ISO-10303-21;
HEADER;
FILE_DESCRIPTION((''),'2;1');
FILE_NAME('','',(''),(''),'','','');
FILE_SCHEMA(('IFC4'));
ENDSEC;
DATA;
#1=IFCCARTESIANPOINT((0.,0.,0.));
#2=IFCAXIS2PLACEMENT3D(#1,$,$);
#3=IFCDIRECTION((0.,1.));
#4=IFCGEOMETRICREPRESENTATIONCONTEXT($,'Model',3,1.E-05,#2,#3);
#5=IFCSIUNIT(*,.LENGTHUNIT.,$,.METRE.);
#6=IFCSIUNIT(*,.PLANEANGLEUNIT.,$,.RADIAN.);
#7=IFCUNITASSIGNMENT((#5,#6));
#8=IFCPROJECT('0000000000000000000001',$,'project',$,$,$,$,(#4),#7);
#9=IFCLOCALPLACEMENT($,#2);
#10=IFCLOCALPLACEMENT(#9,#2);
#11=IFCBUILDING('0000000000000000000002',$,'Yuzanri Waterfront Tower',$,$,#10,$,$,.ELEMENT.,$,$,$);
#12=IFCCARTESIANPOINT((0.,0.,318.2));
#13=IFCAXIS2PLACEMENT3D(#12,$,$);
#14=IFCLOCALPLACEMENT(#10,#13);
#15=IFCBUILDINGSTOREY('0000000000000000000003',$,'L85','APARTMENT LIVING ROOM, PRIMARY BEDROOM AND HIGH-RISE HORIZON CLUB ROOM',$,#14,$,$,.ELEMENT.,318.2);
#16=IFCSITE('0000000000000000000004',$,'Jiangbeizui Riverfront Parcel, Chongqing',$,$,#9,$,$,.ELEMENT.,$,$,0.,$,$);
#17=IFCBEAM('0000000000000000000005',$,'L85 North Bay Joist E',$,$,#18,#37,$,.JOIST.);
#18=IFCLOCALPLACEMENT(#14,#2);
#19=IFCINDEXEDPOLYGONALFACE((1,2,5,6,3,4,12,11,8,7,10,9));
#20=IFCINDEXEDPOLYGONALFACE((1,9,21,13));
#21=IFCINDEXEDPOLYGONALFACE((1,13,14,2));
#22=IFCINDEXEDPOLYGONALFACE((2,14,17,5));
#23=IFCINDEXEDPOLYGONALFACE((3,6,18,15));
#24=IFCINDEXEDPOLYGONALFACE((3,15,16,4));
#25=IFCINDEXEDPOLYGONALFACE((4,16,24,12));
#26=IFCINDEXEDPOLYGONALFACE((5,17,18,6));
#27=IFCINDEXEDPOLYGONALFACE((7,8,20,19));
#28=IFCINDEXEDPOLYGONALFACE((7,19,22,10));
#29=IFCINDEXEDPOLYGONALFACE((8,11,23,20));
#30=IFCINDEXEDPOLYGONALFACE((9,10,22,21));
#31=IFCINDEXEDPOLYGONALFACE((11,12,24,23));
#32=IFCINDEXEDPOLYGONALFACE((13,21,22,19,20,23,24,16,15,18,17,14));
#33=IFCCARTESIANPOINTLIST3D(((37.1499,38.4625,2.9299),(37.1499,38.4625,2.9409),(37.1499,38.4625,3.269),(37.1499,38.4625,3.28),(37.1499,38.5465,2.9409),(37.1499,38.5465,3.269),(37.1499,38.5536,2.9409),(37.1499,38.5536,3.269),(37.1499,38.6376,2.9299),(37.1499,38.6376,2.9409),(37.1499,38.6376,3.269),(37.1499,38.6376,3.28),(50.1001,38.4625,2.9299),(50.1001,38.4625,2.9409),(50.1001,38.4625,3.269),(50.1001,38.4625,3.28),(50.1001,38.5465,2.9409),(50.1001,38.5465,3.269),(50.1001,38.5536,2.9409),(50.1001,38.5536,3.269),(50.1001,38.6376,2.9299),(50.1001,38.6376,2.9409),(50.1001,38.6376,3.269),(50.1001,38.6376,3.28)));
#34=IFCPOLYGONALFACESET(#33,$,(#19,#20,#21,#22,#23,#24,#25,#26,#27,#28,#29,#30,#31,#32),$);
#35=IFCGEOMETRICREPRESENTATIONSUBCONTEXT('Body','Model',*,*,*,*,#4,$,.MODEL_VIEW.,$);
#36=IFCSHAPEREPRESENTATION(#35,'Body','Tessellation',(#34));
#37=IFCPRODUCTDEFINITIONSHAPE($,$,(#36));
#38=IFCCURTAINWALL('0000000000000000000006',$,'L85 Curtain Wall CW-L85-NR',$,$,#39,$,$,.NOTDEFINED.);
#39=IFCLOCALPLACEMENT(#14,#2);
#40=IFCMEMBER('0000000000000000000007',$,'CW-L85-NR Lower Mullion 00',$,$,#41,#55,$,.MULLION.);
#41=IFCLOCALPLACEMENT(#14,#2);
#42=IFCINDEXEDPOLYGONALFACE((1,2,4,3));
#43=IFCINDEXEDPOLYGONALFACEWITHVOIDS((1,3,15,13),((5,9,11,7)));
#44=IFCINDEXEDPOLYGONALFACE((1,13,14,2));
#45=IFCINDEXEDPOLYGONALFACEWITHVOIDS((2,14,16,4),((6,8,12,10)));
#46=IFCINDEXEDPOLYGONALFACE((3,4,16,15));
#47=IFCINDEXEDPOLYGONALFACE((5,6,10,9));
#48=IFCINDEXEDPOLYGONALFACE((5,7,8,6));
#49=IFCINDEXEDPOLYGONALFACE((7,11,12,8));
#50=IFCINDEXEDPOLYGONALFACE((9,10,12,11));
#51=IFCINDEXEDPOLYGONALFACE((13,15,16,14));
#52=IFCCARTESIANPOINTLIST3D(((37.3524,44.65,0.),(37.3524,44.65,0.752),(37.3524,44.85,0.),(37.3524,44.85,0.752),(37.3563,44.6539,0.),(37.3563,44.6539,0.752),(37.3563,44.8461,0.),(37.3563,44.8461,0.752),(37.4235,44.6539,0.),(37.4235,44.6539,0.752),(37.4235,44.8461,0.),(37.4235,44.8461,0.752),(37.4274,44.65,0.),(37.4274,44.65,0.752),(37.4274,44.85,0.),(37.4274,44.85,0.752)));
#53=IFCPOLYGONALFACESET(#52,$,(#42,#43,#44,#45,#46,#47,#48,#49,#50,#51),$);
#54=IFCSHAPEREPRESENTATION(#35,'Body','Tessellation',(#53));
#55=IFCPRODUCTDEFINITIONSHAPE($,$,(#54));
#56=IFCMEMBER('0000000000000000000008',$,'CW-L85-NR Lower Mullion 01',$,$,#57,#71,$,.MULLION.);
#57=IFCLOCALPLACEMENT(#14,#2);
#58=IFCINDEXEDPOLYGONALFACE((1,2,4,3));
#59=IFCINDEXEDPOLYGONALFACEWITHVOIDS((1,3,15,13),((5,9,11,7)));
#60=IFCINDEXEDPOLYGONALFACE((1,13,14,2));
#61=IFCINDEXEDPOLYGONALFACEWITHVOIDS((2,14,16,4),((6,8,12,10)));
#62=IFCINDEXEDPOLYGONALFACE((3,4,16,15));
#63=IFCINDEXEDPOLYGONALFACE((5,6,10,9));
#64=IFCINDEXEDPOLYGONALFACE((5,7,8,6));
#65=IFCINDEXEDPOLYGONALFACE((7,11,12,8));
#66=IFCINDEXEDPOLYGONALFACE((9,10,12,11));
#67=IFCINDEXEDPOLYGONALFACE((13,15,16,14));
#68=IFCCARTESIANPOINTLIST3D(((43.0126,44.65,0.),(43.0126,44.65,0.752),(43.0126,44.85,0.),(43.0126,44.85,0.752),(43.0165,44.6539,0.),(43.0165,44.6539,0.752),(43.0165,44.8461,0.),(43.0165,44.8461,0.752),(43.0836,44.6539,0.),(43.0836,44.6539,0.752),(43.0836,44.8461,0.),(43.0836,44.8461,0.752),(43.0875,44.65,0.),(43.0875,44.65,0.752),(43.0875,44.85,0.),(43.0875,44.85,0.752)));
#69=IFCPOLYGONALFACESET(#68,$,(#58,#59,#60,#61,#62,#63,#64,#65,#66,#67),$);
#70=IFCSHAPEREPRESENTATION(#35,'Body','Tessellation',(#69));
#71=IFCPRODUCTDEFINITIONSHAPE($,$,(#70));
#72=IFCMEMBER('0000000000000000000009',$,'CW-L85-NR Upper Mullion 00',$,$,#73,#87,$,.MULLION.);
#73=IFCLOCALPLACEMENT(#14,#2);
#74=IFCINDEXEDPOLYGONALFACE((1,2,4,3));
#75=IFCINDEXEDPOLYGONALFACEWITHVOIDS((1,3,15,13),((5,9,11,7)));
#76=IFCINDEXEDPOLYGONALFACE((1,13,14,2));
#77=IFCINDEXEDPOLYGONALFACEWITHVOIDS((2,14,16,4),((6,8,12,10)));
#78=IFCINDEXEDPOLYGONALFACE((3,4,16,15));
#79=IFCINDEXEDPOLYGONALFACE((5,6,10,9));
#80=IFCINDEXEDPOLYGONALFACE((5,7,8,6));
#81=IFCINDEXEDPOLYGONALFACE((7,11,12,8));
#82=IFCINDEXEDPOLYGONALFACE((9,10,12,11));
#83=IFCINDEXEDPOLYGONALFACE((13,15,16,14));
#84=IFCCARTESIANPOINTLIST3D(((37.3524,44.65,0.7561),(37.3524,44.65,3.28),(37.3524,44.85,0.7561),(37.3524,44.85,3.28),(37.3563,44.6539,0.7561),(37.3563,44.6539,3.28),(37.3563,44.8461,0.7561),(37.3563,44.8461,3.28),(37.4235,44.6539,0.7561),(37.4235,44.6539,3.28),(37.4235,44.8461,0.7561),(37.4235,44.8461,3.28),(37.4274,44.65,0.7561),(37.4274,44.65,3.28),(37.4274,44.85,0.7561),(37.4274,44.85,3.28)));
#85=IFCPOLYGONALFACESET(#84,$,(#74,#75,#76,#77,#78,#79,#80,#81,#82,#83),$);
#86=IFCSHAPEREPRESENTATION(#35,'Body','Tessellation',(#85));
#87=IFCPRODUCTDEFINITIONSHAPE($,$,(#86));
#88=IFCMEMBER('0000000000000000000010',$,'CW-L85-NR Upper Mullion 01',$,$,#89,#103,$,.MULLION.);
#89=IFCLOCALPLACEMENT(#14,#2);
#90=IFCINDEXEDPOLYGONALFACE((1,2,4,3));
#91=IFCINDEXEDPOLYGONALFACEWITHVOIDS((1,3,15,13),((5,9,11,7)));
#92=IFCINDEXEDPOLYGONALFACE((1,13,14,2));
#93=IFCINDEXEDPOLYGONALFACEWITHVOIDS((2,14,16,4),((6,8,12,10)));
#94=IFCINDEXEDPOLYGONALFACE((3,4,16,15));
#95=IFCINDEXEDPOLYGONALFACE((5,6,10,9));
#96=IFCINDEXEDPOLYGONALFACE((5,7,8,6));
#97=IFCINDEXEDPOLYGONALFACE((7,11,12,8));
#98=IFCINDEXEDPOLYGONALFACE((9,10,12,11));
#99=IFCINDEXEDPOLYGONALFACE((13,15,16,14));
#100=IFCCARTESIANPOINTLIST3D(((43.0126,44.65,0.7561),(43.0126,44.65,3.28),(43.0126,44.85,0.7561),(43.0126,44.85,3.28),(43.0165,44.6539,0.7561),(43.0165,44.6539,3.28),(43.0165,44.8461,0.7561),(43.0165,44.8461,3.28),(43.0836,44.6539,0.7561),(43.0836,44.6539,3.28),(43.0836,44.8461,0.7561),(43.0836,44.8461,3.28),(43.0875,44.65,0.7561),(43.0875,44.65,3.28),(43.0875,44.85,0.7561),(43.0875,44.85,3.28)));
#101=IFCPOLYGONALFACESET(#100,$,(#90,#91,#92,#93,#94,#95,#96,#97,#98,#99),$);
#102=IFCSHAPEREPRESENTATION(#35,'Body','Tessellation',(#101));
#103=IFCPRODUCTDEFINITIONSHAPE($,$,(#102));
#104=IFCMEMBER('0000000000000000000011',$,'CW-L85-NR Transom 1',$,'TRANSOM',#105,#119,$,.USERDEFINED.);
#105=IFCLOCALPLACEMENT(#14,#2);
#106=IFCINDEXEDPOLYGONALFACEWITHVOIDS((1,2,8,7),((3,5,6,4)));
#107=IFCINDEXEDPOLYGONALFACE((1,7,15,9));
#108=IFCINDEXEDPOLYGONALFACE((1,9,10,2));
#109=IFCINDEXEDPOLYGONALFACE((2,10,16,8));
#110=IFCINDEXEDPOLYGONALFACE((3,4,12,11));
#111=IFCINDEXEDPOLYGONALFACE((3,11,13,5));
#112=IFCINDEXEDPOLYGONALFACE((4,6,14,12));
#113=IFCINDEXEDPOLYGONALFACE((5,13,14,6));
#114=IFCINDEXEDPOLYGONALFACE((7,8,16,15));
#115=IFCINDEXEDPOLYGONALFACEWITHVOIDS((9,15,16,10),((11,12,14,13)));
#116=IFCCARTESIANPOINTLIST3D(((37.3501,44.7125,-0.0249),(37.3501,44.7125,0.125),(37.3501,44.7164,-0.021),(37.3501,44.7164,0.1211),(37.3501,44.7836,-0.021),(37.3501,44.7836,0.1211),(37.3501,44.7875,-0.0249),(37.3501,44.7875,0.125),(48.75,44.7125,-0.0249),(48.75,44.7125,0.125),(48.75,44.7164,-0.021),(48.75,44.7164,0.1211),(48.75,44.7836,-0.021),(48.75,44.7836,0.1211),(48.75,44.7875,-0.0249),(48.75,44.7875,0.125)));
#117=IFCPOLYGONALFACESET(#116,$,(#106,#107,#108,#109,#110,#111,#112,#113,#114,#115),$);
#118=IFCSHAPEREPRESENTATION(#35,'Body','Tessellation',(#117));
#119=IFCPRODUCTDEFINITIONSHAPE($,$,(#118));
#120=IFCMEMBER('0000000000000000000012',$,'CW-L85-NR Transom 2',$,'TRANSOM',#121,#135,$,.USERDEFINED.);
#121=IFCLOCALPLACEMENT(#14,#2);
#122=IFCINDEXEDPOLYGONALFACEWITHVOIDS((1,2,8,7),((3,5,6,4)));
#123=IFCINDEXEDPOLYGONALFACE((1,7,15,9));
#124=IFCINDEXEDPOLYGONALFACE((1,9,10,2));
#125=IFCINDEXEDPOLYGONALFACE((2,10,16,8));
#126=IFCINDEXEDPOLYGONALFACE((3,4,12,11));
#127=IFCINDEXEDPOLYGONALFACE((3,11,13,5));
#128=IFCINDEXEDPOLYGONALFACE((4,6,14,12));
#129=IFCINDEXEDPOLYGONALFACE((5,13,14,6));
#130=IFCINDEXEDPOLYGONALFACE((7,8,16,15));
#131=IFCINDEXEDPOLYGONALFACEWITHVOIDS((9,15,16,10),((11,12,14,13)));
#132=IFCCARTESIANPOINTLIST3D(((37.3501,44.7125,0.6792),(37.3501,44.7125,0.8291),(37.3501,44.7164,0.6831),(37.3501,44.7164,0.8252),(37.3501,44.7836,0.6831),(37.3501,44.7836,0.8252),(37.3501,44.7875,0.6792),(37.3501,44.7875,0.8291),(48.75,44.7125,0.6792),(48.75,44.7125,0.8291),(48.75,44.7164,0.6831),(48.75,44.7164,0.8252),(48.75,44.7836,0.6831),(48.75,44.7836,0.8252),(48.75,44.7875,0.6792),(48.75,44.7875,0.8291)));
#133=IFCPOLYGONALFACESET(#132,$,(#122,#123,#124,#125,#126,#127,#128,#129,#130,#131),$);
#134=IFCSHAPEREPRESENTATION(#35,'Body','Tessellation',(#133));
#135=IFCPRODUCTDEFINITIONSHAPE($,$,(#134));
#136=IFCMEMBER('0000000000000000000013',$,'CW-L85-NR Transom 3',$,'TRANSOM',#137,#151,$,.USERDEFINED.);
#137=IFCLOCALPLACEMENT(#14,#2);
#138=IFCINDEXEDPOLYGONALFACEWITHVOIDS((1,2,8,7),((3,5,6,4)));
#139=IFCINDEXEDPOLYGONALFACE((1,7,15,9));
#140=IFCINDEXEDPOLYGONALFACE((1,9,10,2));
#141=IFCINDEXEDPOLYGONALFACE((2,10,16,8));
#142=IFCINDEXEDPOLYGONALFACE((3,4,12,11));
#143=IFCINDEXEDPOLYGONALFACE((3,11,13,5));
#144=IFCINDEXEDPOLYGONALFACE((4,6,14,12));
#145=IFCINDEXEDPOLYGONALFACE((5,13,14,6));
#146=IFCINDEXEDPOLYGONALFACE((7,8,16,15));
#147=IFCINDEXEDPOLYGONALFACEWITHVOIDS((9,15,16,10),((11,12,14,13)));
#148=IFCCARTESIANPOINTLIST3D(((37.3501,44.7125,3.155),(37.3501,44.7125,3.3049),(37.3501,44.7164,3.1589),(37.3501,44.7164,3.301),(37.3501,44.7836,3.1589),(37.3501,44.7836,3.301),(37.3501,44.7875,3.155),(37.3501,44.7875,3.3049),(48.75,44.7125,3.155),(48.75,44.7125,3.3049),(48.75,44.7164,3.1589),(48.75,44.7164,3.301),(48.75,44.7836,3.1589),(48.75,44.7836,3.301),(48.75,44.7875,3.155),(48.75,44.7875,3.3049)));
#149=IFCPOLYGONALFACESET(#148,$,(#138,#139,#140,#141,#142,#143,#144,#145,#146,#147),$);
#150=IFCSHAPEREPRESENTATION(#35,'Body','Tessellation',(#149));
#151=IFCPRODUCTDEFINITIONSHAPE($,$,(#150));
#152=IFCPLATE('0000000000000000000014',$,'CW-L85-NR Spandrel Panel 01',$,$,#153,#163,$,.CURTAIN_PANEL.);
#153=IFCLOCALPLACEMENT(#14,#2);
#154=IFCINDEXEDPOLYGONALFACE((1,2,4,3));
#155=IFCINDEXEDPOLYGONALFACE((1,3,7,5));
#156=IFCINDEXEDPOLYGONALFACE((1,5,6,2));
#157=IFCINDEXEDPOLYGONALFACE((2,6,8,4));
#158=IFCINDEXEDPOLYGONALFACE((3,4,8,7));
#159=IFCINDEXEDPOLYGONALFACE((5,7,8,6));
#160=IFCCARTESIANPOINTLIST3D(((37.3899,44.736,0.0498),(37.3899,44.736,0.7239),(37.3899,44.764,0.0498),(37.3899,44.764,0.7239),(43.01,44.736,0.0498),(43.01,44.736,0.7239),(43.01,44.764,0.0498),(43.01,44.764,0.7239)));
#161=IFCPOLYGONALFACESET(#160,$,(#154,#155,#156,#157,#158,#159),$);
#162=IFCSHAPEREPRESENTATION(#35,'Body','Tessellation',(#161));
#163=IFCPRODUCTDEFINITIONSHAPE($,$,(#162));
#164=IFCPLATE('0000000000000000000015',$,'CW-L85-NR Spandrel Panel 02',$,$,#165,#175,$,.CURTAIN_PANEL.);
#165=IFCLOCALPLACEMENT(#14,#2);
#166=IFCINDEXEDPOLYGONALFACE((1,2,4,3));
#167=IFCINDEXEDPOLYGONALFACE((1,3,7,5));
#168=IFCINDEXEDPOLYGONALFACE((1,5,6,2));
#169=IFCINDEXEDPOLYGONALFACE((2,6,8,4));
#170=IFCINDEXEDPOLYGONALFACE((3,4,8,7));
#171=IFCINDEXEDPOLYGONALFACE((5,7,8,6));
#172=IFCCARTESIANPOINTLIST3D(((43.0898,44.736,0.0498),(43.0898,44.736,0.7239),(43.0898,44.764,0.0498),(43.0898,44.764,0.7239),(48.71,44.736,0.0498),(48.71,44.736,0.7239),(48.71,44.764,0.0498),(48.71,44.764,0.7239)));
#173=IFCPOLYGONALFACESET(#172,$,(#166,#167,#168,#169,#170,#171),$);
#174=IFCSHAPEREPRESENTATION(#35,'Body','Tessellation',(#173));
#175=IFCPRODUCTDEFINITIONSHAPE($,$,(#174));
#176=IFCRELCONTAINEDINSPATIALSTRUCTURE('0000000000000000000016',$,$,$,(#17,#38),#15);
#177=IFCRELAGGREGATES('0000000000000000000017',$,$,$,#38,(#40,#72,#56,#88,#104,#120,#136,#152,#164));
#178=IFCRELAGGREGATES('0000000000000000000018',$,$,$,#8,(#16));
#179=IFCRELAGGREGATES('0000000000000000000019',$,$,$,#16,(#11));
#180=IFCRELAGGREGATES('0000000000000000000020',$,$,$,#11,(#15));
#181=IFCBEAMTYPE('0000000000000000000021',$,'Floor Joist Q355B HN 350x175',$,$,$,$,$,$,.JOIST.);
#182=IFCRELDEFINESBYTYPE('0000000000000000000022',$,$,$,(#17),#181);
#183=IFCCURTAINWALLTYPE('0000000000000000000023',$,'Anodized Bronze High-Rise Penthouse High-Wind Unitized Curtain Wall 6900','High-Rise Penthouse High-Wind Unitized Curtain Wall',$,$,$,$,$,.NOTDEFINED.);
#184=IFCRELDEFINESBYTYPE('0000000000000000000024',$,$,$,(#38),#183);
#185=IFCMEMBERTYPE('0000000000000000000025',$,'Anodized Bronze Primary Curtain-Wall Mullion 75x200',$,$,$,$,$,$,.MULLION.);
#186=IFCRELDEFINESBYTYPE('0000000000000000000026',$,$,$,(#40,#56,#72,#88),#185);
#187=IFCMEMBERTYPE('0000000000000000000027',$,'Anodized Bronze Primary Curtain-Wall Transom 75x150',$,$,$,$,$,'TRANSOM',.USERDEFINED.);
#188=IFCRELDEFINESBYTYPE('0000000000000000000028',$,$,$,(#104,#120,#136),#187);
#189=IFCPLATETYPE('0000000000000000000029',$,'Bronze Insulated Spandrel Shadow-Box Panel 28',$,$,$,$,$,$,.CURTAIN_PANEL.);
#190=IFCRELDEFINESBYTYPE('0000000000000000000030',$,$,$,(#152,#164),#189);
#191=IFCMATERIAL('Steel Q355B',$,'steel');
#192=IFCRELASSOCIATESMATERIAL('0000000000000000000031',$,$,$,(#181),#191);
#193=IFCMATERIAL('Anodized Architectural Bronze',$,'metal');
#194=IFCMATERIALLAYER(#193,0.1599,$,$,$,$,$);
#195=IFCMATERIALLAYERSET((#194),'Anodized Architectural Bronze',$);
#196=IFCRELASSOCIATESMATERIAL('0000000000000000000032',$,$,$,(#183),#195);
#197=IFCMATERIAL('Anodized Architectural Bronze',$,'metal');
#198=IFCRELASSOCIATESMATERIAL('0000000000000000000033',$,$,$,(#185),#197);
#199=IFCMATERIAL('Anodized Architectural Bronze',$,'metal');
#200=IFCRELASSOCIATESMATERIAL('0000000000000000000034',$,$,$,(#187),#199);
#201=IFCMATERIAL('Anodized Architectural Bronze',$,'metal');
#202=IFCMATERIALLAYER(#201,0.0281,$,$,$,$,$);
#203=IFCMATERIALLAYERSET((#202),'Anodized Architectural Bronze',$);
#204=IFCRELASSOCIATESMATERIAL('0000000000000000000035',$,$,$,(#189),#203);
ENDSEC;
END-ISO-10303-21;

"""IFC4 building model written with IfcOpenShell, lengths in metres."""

from ifc_helpers import new_model, si_unit, direction, frame, origin, origin_2d, place, context, subcontext, project, spatial, rectangle, hollow_rectangle, i_section, extrude, source, transform, mapped, material, layer, layer_set, material_profile, profile_set, type_object, element, aggregate, save


model = new_model("IFC4")

# Units and contexts
model_context = context("Model", 3, precision=1e-05, world=origin(), true_north=direction((0.0, 1.0)))
body_context = subcontext(model_context, "Body", "Model", "MODEL_VIEW")
ifc_project = project(units=[si_unit("LENGTHUNIT", "METRE"), si_unit("PLANEANGLEUNIT", "RADIAN")], contexts=[model_context])

# Site, building, storey
site_placement = place(None, origin())
site = spatial("IfcSite", under=ifc_project, at=site_placement, Name="Jiangbeizui Riverfront Parcel, Chongqing", CompositionType="ELEMENT", RefElevation=0.0)
building_placement = place(site_placement, origin())
building = spatial("IfcBuilding", under=site, at=building_placement, Name="Yuzanri Waterfront Tower", CompositionType="ELEMENT")
storey_placement = place(building_placement, frame((0.0, 0.0, 318.2)))
storey = spatial("IfcBuildingStorey", under=building, at=storey_placement, Name="L85", Description="APARTMENT LIVING ROOM, PRIMARY BEDROOM AND HIGH-RISE HORIZON CLUB ROOM", CompositionType="ELEMENT", Elevation=318.2)

# Beam
ifc_material_1 = material(Name="Steel Q355B", Category="steel")
ifc_material_profile_1 = material_profile(ifc_material_1, i_section(OverallWidth=0.175, OverallDepth=0.3501, WebThickness=0.0071, FlangeThickness=0.011, at=origin_2d()), Name="HN 350x175x7x11")
ifc_profile_set_1 = profile_set([ifc_material_profile_1], Name="Steel Q355B")
beam_type = type_object("IfcBeamType", Name="Floor Joist Q355B HN 350x175", PredefinedType="JOIST", material=ifc_profile_set_1)
shared_shape_1 = source(origin(), body_context, "Body", "SweptSolid", [
    extrude(i_section(OverallWidth=0.175, OverallDepth=0.3501, WebThickness=0.0071, FlangeThickness=0.011, at=origin_2d()), origin(), (0.0, 0.0, 1.0), 12.9502),
])
beam_placement = place(storey_placement, frame((37.1499, 38.55, 3.105), z_axis=(1.0, 0.0, 0.0), x_axis=(0.0, 1.0, 0.0)))
element("IfcBeam", 1, at=beam_placement, inside=storey, type_object=beam_type, Name="L85 North Bay Joist E", PredefinedType="JOIST", context=body_context, shape_type="MappedRepresentation", body=[
    mapped(shared_shape_1, transform((0.0, 0.0, 0.0), scale=1.0)),
])

# Curtain wall, members, plates
ifc_material_2 = material(Name="Anodized Architectural Bronze", Category="metal")
ifc_layer_1 = layer(ifc_material_2, 0.1599)
ifc_layer_set_1 = layer_set([ifc_layer_1], Name="Anodized Architectural Bronze")
curtain_wall_type = type_object("IfcCurtainWallType", Name="Anodized Bronze High-Rise Penthouse High-Wind Unitized Curtain Wall 6900", Description="High-Rise Penthouse High-Wind Unitized Curtain Wall", PredefinedType="NOTDEFINED", material=ifc_layer_set_1)
curtain_wall_placement = place(storey_placement, origin())
curtain_wall = element("IfcCurtainWall", 2, at=curtain_wall_placement, inside=storey, type_object=curtain_wall_type, Name="L85 Curtain Wall CW-L85-NR", PredefinedType="NOTDEFINED")
ifc_material_3 = material(Name="Anodized Architectural Bronze", Category="metal")
ifc_material_profile_2 = material_profile(ifc_material_3, hollow_rectangle(XDim=0.075, YDim=0.2, WallThickness=0.0039, at=origin_2d()), Name="CWM 75x200")
ifc_profile_set_2 = profile_set([ifc_material_profile_2], Name="Anodized Architectural Bronze")
member_type_1 = type_object("IfcMemberType", Name="Anodized Bronze Primary Curtain-Wall Mullion 75x200", PredefinedType="MULLION", material=ifc_profile_set_2)
shared_shape_2 = source(origin(), body_context, "Body", "SweptSolid", [
    extrude(hollow_rectangle(XDim=0.075, YDim=0.2, WallThickness=0.0039, at=origin_2d()), origin(), (0.0, 0.0, 1.0), 0.752),
])
member_1_placement = place(storey_placement, frame((37.3899, 44.75, 0.0), z_axis=(0.0, 0.0, 1.0), x_axis=(1.0, 0.0, 0.0)))
member_1 = element("IfcMember", 3, at=member_1_placement, type_object=member_type_1, Name="CW-L85-NR Lower Mullion 00", PredefinedType="MULLION", context=body_context, shape_type="MappedRepresentation", body=[
    mapped(shared_shape_2, transform((0.0, 0.0, 0.0), scale=1.0)),
])
member_2_placement = place(storey_placement, frame((43.05, 44.75, 0.0), z_axis=(0.0, 0.0, 1.0), x_axis=(1.0, 0.0, 0.0)))
member_2 = element("IfcMember", 4, at=member_2_placement, type_object=member_type_1, Name="CW-L85-NR Lower Mullion 01", PredefinedType="MULLION", context=body_context, shape_type="MappedRepresentation", body=[
    mapped(shared_shape_2, transform((0.0, 0.0, 0.0), scale=1.0)),
])
shared_shape_3 = source(origin(), body_context, "Body", "SweptSolid", [
    extrude(hollow_rectangle(XDim=0.075, YDim=0.2, WallThickness=0.0039, at=origin_2d()), origin(), (0.0, 0.0, 1.0), 2.5239),
])
member_3_placement = place(storey_placement, frame((37.3899, 44.75, 0.7561), z_axis=(0.0, 0.0, 1.0), x_axis=(1.0, 0.0, 0.0)))
member_3 = element("IfcMember", 5, at=member_3_placement, type_object=member_type_1, Name="CW-L85-NR Upper Mullion 00", PredefinedType="MULLION", context=body_context, shape_type="MappedRepresentation", body=[
    mapped(shared_shape_3, transform((0.0, 0.0, 0.0), scale=1.0)),
])
member_4_placement = place(storey_placement, frame((43.05, 44.75, 0.7561), z_axis=(0.0, 0.0, 1.0), x_axis=(1.0, 0.0, 0.0)))
member_4 = element("IfcMember", 6, at=member_4_placement, type_object=member_type_1, Name="CW-L85-NR Upper Mullion 01", PredefinedType="MULLION", context=body_context, shape_type="MappedRepresentation", body=[
    mapped(shared_shape_3, transform((0.0, 0.0, 0.0), scale=1.0)),
])
ifc_material_4 = material(Name="Anodized Architectural Bronze", Category="metal")
ifc_material_profile_3 = material_profile(ifc_material_4, hollow_rectangle(XDim=0.075, YDim=0.1499, WallThickness=0.0039, at=origin_2d()), Name="CWT 75x150")
ifc_profile_set_3 = profile_set([ifc_material_profile_3], Name="Anodized Architectural Bronze")
member_type_2 = type_object("IfcMemberType", Name="Anodized Bronze Primary Curtain-Wall Transom 75x150", ElementType="TRANSOM", PredefinedType="USERDEFINED", material=ifc_profile_set_3)
shared_shape_4 = source(origin(), body_context, "Body", "SweptSolid", [
    extrude(hollow_rectangle(XDim=0.075, YDim=0.1499, WallThickness=0.0039, at=origin_2d()), origin(), (0.0, 0.0, 1.0), 11.3999),
])
member_5_placement = place(storey_placement, frame((37.3501, 44.75, 0.05), z_axis=(1.0, 0.0, 0.0), x_axis=(0.0, 1.0, 0.0)))
member_5 = element("IfcMember", 7, at=member_5_placement, type_object=member_type_2, Name="CW-L85-NR Transom 1", ObjectType="TRANSOM", PredefinedType="USERDEFINED", context=body_context, shape_type="MappedRepresentation", body=[
    mapped(shared_shape_4, transform((0.0, 0.0, 0.0), scale=1.0)),
])
member_6_placement = place(storey_placement, frame((37.3501, 44.75, 0.7542), z_axis=(1.0, 0.0, 0.0), x_axis=(0.0, 1.0, 0.0)))
member_6 = element("IfcMember", 8, at=member_6_placement, type_object=member_type_2, Name="CW-L85-NR Transom 2", ObjectType="TRANSOM", PredefinedType="USERDEFINED", context=body_context, shape_type="MappedRepresentation", body=[
    mapped(shared_shape_4, transform((0.0, 0.0, 0.0), scale=1.0)),
])
member_7_placement = place(storey_placement, frame((37.3501, 44.75, 3.23), z_axis=(1.0, 0.0, 0.0), x_axis=(0.0, 1.0, 0.0)))
member_7 = element("IfcMember", 9, at=member_7_placement, type_object=member_type_2, Name="CW-L85-NR Transom 3", ObjectType="TRANSOM", PredefinedType="USERDEFINED", context=body_context, shape_type="MappedRepresentation", body=[
    mapped(shared_shape_4, transform((0.0, 0.0, 0.0), scale=1.0)),
])
ifc_material_5 = material(Name="Anodized Architectural Bronze", Category="metal")
ifc_layer_2 = layer(ifc_material_5, 0.0281)
ifc_layer_set_2 = layer_set([ifc_layer_2], Name="Anodized Architectural Bronze")
plate_type_1 = type_object("IfcPlateType", Name="Bronze Insulated Spandrel Shadow-Box Panel 28", PredefinedType="CURTAIN_PANEL", material=ifc_layer_set_2)
shared_shape_5 = source(origin(), body_context, "Body", "SweptSolid", [
    extrude(rectangle(XDim=5.6201, YDim=0.0281, at=origin_2d()), origin(), (0.0, 0.0, 1.0), 0.6741),
])
plate_1_placement = place(storey_placement, frame((40.2, 44.75, 0.0498), z_axis=(0.0, 0.0, 1.0), x_axis=(1.0, 0.0, 0.0)))
plate_1 = element("IfcPlate", 10, at=plate_1_placement, type_object=plate_type_1, Name="CW-L85-NR Spandrel Panel 01", PredefinedType="CURTAIN_PANEL", context=body_context, shape_type="MappedRepresentation", body=[
    mapped(shared_shape_5, transform((0.0, 0.0, 0.0), scale=1.0)),
])
plate_2_placement = place(storey_placement, frame((45.8999, 44.75, 0.0498), z_axis=(0.0, 0.0, 1.0), x_axis=(1.0, 0.0, 0.0)))
plate_2 = element("IfcPlate", 11, at=plate_2_placement, type_object=plate_type_1, Name="CW-L85-NR Spandrel Panel 02", PredefinedType="CURTAIN_PANEL", context=body_context, shape_type="MappedRepresentation", body=[
    mapped(shared_shape_5, transform((0.0, 0.0, 0.0), scale=1.0)),
])
aggregate(curtain_wall, [member_1, member_3, member_2, member_4, member_5, member_6, member_7, plate_1, plate_2])

save(model, "model.ifc")
